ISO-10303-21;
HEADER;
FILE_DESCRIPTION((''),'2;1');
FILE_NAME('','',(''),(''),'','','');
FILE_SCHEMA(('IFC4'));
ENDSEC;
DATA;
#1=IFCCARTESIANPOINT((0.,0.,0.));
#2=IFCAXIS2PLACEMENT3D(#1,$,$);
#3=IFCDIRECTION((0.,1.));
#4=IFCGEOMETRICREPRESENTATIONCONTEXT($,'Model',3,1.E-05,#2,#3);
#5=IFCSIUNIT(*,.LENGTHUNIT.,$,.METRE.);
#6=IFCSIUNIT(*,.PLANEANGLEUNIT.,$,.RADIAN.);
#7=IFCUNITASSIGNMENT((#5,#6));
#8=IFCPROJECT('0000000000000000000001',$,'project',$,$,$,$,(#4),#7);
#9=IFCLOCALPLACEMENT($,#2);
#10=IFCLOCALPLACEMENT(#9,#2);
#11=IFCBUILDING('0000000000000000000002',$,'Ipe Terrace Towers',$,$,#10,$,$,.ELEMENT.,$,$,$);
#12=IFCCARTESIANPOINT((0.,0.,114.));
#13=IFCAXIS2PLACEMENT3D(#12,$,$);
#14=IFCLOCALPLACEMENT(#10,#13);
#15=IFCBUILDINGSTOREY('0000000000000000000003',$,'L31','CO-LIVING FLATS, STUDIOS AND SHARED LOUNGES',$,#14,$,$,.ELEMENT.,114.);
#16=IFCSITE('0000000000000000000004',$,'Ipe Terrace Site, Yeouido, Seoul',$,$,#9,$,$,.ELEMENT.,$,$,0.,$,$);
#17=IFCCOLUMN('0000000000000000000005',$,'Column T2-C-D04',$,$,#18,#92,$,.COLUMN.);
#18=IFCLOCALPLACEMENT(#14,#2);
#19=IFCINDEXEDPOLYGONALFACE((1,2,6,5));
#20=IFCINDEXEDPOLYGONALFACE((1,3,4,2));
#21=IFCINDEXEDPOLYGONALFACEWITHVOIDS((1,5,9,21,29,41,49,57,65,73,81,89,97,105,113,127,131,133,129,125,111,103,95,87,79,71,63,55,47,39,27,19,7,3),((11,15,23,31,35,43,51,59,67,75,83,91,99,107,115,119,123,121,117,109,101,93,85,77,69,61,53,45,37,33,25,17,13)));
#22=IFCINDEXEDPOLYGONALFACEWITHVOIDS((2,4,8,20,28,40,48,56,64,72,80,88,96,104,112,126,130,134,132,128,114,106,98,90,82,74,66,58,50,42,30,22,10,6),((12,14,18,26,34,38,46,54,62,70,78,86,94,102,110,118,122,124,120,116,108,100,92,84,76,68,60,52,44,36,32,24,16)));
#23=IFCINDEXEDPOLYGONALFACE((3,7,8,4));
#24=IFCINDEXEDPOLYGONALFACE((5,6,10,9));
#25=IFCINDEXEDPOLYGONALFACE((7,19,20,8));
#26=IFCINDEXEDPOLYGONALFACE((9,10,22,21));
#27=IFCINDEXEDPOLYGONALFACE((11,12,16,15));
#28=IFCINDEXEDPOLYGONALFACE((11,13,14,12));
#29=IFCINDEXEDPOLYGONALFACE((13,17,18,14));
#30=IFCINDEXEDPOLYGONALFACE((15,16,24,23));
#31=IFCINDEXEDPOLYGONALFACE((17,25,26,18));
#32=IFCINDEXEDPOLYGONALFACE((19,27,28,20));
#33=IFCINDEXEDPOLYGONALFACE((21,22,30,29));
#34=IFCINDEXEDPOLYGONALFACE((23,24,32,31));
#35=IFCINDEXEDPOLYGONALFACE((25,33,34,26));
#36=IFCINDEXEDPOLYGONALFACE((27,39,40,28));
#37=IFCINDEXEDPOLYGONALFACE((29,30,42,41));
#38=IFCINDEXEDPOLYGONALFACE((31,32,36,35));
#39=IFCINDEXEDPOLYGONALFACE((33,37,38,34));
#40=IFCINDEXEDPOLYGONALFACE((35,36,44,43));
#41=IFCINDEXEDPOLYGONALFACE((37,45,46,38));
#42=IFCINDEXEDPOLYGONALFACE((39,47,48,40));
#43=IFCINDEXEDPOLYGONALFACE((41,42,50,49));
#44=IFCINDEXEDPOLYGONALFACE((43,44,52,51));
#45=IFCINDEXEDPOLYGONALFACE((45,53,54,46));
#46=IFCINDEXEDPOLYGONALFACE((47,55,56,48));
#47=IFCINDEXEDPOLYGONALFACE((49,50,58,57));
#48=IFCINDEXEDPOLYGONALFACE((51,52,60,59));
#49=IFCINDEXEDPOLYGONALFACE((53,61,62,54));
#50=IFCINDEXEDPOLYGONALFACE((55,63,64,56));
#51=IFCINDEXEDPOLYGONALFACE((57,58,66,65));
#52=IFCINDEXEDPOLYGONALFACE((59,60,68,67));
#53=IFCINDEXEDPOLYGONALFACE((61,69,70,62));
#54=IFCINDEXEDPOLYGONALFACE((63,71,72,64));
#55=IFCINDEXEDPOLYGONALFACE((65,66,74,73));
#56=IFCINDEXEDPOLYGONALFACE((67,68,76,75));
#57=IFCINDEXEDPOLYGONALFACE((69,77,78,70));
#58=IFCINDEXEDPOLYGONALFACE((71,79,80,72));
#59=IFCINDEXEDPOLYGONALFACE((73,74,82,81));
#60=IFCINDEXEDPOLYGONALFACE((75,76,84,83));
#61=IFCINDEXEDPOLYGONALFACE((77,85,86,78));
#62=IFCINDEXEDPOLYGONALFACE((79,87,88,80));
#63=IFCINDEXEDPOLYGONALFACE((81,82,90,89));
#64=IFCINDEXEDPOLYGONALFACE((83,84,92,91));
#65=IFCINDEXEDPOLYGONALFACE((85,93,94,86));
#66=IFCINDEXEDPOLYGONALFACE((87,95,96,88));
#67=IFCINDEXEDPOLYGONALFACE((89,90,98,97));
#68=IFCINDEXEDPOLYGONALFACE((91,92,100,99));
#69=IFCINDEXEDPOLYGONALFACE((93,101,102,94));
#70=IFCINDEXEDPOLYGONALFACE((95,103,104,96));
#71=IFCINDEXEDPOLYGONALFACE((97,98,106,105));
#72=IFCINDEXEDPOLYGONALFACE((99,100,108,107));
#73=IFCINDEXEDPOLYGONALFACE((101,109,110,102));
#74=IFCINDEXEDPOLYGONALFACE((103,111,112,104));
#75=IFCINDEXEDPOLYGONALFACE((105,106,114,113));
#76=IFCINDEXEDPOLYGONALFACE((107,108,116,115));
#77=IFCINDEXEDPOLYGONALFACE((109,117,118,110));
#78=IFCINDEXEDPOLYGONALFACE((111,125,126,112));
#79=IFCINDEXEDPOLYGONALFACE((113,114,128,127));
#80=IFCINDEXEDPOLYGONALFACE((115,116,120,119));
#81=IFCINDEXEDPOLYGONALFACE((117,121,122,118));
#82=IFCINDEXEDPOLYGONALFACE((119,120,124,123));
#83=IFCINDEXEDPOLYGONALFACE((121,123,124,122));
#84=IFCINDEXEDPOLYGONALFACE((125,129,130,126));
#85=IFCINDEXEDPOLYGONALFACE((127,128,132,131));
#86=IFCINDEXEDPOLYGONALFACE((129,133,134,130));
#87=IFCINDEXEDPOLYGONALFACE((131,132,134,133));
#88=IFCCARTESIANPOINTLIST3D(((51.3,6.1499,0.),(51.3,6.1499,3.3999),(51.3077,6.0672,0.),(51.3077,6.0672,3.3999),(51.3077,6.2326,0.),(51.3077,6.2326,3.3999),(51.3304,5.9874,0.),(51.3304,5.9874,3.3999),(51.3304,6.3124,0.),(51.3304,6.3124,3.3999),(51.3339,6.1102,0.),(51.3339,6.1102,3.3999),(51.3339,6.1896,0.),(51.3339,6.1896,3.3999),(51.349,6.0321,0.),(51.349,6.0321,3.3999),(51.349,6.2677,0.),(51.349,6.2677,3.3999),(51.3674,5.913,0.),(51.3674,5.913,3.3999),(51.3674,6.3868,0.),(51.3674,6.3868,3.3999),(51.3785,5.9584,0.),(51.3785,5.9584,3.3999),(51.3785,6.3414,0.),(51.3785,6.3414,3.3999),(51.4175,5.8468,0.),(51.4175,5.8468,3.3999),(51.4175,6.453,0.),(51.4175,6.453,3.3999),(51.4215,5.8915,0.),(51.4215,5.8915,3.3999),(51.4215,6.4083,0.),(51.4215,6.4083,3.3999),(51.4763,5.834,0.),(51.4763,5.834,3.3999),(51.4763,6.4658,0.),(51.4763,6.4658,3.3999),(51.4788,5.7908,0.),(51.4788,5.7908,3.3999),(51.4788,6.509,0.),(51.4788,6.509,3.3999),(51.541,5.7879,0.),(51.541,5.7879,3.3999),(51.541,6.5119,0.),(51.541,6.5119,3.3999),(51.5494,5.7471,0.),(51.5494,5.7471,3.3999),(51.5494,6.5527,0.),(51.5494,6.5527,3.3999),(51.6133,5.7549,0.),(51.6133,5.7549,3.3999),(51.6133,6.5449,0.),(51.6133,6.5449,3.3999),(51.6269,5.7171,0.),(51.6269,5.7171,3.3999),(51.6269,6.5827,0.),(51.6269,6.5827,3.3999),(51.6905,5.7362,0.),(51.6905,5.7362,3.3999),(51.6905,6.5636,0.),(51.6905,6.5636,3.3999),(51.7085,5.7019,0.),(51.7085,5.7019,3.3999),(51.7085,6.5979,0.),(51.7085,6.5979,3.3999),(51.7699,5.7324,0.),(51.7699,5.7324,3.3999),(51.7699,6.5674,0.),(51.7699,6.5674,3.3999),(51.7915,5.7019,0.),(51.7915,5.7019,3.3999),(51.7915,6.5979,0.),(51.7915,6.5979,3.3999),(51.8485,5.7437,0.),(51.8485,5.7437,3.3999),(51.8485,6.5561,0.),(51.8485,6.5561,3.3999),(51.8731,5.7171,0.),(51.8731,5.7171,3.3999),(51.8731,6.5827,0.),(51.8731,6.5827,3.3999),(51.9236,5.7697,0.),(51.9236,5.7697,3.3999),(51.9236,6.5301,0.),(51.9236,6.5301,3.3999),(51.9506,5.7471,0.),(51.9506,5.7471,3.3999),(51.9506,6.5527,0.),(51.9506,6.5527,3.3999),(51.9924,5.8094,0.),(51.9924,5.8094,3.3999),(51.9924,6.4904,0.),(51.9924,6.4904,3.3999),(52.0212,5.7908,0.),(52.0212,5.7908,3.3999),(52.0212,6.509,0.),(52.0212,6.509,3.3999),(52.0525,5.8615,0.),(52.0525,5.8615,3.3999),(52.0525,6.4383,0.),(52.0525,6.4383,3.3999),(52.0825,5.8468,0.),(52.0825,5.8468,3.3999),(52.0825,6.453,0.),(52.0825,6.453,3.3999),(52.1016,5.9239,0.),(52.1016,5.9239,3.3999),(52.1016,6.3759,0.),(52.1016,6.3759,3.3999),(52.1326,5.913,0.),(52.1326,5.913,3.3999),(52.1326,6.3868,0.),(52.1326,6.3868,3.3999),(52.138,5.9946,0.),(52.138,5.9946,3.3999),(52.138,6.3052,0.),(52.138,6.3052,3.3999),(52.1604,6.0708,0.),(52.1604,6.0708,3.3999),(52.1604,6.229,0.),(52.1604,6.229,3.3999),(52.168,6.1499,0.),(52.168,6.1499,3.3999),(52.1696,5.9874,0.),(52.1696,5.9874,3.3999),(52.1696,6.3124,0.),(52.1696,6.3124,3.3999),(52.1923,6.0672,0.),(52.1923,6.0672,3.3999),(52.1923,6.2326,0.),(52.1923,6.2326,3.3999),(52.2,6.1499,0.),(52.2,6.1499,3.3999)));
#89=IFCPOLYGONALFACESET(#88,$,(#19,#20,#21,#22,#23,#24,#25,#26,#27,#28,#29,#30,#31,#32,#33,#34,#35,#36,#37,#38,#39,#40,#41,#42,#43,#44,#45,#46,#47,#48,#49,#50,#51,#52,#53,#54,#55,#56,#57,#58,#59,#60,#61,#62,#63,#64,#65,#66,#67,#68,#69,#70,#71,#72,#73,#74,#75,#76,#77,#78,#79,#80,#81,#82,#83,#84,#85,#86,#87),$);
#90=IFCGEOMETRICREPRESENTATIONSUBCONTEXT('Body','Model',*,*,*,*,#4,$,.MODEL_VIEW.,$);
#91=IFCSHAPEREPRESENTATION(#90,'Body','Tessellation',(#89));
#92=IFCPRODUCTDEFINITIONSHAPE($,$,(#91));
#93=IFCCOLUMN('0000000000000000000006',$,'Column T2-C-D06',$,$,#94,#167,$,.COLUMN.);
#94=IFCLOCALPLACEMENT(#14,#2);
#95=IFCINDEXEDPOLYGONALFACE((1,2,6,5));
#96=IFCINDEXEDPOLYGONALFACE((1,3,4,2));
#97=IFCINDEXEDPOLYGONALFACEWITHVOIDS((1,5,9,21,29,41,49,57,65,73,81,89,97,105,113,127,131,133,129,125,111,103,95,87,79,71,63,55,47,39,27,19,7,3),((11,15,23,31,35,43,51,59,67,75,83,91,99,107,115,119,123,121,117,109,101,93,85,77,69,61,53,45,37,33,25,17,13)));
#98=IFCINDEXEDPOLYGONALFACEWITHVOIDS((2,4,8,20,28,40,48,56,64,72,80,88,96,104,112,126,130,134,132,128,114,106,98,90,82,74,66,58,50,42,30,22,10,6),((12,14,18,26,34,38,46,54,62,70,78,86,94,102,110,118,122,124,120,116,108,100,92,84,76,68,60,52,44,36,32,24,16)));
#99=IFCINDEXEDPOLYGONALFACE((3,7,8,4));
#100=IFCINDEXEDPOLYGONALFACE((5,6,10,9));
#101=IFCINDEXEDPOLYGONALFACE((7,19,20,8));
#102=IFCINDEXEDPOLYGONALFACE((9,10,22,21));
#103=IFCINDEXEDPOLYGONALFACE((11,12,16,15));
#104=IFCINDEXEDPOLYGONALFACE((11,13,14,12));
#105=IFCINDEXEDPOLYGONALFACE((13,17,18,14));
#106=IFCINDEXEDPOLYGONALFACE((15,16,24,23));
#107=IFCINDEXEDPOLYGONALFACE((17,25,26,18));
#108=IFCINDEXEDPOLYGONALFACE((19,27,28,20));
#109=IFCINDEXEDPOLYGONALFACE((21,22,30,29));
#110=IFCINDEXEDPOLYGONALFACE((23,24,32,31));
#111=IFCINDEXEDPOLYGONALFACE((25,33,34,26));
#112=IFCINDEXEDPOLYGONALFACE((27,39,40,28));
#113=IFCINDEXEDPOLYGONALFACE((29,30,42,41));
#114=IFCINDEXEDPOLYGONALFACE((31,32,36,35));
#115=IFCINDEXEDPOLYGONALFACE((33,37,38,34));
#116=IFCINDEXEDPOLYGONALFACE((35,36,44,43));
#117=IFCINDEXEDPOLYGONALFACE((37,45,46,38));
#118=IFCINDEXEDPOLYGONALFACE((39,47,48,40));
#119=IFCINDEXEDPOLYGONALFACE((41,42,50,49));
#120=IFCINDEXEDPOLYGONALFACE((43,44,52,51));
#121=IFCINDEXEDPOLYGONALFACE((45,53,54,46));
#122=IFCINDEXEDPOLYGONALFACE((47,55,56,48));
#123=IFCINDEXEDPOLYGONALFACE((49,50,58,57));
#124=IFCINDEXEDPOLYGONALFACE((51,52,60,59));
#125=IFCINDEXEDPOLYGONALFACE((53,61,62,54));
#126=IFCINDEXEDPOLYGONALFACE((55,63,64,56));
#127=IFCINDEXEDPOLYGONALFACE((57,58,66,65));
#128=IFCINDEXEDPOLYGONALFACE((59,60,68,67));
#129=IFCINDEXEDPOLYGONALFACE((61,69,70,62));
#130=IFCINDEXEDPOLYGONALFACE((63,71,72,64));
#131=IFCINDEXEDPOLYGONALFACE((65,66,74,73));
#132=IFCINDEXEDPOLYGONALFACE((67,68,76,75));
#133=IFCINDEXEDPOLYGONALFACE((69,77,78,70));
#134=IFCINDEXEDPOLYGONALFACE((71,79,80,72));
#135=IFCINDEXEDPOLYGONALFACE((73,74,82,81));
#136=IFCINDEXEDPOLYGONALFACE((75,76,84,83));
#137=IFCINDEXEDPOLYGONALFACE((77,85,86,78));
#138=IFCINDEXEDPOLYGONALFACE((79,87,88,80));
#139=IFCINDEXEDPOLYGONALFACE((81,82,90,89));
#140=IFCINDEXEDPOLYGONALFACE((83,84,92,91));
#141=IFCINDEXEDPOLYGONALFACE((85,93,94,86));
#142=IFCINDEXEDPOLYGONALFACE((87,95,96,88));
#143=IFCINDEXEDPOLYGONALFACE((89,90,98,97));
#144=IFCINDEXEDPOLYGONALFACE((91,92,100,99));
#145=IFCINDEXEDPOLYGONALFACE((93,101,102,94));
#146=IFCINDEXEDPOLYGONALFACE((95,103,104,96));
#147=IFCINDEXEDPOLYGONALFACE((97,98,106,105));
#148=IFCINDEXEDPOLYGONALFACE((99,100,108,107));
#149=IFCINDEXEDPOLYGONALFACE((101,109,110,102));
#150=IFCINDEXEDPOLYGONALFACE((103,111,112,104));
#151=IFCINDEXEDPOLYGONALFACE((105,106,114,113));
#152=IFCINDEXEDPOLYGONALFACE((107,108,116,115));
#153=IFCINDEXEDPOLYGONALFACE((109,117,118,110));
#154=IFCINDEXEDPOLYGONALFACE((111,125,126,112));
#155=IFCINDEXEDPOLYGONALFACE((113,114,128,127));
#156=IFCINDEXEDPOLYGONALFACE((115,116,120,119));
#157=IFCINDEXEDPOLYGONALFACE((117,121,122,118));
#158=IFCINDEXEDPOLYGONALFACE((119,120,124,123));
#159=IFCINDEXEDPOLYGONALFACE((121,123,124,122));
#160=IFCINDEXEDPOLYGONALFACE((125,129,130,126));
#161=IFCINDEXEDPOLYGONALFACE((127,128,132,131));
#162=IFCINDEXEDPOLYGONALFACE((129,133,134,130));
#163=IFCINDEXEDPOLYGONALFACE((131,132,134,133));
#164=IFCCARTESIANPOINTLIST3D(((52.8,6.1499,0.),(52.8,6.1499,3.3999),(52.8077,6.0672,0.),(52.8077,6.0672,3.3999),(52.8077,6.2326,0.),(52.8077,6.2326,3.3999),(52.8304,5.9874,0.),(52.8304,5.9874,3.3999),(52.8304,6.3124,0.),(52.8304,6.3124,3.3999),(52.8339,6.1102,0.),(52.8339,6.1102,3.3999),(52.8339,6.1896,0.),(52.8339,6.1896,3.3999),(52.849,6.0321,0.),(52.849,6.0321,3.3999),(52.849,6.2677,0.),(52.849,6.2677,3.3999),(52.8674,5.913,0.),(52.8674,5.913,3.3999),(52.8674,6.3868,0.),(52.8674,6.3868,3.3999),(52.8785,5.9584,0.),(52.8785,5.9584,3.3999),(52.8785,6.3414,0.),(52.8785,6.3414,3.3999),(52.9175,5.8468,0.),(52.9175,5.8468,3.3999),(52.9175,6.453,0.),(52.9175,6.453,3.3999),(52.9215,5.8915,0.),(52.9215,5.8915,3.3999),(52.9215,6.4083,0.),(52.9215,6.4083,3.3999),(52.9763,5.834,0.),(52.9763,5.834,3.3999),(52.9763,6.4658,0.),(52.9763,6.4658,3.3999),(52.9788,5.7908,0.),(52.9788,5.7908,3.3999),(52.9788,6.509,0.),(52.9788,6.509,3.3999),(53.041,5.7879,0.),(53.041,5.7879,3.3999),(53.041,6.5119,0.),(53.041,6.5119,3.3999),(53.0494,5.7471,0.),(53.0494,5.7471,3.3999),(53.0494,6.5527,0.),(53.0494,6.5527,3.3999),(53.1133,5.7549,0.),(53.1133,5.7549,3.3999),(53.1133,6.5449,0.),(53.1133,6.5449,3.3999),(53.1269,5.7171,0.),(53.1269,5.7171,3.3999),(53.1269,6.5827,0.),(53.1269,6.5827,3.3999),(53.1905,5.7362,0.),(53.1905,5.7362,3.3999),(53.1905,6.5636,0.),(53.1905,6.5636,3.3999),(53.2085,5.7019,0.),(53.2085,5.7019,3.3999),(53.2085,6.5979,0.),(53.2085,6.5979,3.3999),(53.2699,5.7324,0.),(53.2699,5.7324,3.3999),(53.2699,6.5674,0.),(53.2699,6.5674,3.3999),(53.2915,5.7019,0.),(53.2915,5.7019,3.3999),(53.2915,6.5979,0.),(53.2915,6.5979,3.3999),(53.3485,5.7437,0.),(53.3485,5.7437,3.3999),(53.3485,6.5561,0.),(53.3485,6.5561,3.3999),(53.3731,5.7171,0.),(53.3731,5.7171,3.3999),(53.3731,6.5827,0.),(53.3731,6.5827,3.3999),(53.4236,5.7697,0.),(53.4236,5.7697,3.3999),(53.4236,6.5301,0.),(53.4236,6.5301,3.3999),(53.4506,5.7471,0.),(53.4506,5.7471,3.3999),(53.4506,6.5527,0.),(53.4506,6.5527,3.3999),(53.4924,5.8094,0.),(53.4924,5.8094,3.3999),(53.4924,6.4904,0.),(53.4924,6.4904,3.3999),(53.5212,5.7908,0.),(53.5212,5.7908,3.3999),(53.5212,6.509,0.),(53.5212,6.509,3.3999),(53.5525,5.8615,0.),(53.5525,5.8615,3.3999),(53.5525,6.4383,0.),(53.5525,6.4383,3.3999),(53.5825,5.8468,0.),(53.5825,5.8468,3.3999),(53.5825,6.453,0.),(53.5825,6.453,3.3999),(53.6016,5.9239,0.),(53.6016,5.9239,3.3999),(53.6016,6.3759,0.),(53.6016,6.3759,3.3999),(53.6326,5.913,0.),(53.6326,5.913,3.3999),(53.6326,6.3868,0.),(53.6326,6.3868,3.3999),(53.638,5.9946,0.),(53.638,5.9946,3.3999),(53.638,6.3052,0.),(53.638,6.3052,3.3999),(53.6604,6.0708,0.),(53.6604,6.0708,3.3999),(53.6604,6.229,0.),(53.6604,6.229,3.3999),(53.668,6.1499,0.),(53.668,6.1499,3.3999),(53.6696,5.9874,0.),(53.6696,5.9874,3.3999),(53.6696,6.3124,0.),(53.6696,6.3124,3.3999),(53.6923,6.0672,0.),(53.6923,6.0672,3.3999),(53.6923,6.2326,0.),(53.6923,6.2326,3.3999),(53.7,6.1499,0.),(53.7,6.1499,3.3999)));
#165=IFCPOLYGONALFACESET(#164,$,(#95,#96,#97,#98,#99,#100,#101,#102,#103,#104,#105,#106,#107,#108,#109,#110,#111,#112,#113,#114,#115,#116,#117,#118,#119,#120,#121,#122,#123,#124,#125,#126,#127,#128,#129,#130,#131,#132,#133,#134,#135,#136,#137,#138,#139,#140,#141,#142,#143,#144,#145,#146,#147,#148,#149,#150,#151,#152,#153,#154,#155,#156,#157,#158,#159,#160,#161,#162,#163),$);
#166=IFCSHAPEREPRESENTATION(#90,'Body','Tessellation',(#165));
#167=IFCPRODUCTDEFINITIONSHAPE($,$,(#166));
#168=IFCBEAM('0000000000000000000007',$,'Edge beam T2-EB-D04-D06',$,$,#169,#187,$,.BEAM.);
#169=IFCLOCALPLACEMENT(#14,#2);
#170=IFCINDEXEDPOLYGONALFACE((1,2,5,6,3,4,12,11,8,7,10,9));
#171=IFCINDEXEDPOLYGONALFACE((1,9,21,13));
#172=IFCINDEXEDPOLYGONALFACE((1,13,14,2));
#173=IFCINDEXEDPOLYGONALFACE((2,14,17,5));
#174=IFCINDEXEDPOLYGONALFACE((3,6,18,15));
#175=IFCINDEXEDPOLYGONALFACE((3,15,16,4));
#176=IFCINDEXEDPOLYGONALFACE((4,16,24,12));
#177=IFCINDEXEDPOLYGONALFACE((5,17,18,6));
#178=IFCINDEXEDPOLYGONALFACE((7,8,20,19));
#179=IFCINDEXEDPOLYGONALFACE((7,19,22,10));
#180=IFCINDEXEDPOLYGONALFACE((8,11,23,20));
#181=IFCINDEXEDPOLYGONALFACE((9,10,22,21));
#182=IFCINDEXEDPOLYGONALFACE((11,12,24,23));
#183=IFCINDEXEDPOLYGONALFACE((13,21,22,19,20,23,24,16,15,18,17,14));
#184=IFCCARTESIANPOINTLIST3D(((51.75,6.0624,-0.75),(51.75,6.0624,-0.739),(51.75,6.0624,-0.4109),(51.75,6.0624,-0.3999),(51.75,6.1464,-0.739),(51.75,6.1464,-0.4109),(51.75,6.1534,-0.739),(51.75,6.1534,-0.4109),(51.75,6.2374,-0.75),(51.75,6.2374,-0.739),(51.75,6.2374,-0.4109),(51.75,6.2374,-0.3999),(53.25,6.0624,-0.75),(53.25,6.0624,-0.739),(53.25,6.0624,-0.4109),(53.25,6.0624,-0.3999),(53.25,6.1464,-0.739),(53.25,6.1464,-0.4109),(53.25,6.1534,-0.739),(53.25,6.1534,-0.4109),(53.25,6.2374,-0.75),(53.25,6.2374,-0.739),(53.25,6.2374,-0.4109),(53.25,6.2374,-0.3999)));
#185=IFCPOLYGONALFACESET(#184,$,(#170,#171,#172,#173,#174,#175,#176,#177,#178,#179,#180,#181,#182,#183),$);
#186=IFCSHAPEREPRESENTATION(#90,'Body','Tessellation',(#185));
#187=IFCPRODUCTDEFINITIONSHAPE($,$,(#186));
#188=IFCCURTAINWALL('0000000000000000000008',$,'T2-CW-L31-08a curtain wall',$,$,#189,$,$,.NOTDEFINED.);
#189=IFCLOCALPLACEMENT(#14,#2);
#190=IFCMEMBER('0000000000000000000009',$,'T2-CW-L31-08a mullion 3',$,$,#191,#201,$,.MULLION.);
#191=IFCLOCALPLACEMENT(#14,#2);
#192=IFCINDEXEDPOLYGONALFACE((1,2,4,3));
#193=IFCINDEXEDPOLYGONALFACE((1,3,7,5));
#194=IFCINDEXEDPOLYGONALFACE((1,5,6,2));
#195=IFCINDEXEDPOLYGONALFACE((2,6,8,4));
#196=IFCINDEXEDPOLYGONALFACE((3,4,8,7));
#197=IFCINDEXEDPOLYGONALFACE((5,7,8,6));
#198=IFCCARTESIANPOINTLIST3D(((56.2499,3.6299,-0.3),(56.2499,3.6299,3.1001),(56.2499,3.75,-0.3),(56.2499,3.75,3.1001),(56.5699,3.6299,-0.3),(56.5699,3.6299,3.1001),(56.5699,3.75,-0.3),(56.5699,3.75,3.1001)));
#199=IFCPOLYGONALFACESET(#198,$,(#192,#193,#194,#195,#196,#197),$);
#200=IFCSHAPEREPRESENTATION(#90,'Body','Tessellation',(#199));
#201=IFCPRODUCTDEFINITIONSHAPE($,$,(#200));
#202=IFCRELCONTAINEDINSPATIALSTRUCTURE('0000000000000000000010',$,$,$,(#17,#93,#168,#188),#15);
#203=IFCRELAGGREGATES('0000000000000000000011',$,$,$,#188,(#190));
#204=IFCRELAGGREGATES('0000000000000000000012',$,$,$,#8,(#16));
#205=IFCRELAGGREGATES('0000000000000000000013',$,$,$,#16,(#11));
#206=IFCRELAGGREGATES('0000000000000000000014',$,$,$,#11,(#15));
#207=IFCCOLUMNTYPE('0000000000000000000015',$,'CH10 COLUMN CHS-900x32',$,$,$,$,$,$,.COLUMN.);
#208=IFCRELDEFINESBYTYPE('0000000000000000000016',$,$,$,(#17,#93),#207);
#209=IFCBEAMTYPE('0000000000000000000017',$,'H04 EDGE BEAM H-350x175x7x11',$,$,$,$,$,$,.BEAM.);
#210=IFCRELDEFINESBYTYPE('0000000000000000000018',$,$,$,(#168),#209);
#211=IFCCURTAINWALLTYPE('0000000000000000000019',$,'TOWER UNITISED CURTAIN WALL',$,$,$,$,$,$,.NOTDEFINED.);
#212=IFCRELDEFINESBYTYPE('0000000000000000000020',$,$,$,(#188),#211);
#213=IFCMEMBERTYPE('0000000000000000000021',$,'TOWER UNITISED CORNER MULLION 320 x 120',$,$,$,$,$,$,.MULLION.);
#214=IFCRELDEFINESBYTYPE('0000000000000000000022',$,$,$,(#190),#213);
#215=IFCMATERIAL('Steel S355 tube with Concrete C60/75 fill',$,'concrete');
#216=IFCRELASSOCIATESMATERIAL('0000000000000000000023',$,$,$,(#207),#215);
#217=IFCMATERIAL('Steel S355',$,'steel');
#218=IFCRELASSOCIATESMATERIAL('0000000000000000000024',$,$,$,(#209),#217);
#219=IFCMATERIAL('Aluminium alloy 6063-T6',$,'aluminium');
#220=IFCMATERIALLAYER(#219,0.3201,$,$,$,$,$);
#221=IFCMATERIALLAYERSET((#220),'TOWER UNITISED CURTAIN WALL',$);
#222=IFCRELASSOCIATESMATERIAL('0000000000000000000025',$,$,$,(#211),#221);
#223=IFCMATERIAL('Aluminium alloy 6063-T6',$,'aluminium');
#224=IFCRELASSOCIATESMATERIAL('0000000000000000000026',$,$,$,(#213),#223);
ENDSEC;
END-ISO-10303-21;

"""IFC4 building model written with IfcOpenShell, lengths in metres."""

from ifc_helpers import new_model, si_unit, direction, frame, origin, origin_2d, place, context, subcontext, project, spatial, rectangle, hollow_circle, i_section, extrude, material, layer, layer_set, material_profile, profile_set, type_object, element, aggregate, save


model = new_model("IFC4")

# Units and contexts
model_context = context("Model", 3, precision=1e-05, world=origin(), true_north=direction((0.0, 1.0)))
body_context = subcontext(model_context, "Body", "Model", "MODEL_VIEW")
ifc_project = project(units=[si_unit("LENGTHUNIT", "METRE"), si_unit("PLANEANGLEUNIT", "RADIAN")], contexts=[model_context])

# Site, building, storey
site_placement = place(None, origin())
site = spatial("IfcSite", under=ifc_project, at=site_placement, Name="Ipe Terrace Site, Yeouido, Seoul", CompositionType="ELEMENT", RefElevation=0.0)
building_placement = place(site_placement, origin())
building = spatial("IfcBuilding", under=site, at=building_placement, Name="Ipe Terrace Towers", CompositionType="ELEMENT")
storey_placement = place(building_placement, frame((0.0, 0.0, 114.0)))
storey = spatial("IfcBuildingStorey", under=building, at=storey_placement, Name="L31", Description="CO-LIVING FLATS, STUDIOS AND SHARED LOUNGES", CompositionType="ELEMENT", Elevation=114.0)

# Columns
ifc_material_1 = material(Name="Steel S355 tube with Concrete C60/75 fill", Category="concrete")
ifc_material_profile_1 = material_profile(ifc_material_1, hollow_circle(Radius=0.45, WallThickness=0.032, at=origin_2d()), Name="CHS-900x32")
ifc_profile_set_1 = profile_set([ifc_material_profile_1], Name="Steel S355 tube with Concrete C60/75 fill")
column_type = type_object("IfcColumnType", Name="CH10 COLUMN CHS-900x32", PredefinedType="COLUMN", material=ifc_profile_set_1)
for number, where, z_axis, x_axis, name in (
    (1, (51.75, 6.1499, 0.0), (0.0, 0.0, 1.0), (1.0, 0.0, 0.0), "Column T2-C-D04"),
    (2, (53.25, 6.1499, 0.0), (0.0, 0.0, 1.0), (1.0, 0.0, 0.0), "Column T2-C-D06"),
):
    element("IfcColumn", number, at=place(storey_placement, frame(where, z_axis=z_axis, x_axis=x_axis)), inside=storey, type_object=column_type, Name=name, PredefinedType="COLUMN", context=body_context, shape_type="SweptSolid", body=[
        extrude(hollow_circle(Radius=0.45, WallThickness=0.032, at=origin_2d()), origin(), (0.0, 0.0, 1.0), 3.3999),
    ])

# Beam
ifc_material_2 = material(Name="Steel S355", Category="steel")
ifc_material_profile_2 = material_profile(ifc_material_2, i_section(OverallWidth=0.175, OverallDepth=0.3501, WebThickness=0.0071, FlangeThickness=0.011, at=origin_2d()), Name="H-350x175x7x11")
ifc_profile_set_2 = profile_set([ifc_material_profile_2], Name="Steel S355")
beam_type = type_object("IfcBeamType", Name="H04 EDGE BEAM H-350x175x7x11", PredefinedType="BEAM", material=ifc_profile_set_2)
beam_placement = place(storey_placement, frame((51.75, 6.1499, -0.575), z_axis=(1.0, 0.0, 0.0), x_axis=(0.0, 1.0, 0.0)))
element("IfcBeam", 3, at=beam_placement, inside=storey, type_object=beam_type, Name="Edge beam T2-EB-D04-D06", PredefinedType="BEAM", context=body_context, shape_type="SweptSolid", body=[
    extrude(i_section(OverallWidth=0.175, OverallDepth=0.3501, WebThickness=0.0071, FlangeThickness=0.011, at=origin_2d()), origin(), (0.0, 0.0, 1.0), 1.5),
])

# Curtain wall, member
ifc_material_3 = material(Name="Aluminium alloy 6063-T6", Category="aluminium")
ifc_layer_1 = layer(ifc_material_3, 0.3201)
ifc_layer_set_1 = layer_set([ifc_layer_1], Name="TOWER UNITISED CURTAIN WALL")
curtain_wall_type = type_object("IfcCurtainWallType", Name="TOWER UNITISED CURTAIN WALL", PredefinedType="NOTDEFINED", material=ifc_layer_set_1)
curtain_wall_1_placement = place(storey_placement, origin())
curtain_wall_1 = element("IfcCurtainWall", 4, at=curtain_wall_1_placement, inside=storey, type_object=curtain_wall_type, Name="T2-CW-L31-08a curtain wall", PredefinedType="NOTDEFINED")
ifc_material_4 = material(Name="Aluminium alloy 6063-T6", Category="aluminium")
ifc_material_profile_3 = material_profile(ifc_material_4, rectangle(XDim=0.3201, YDim=0.1201, at=origin_2d()), Name="TOWER UNITISED CORNER MULLION 320 x 120")
ifc_profile_set_3 = profile_set([ifc_material_profile_3], Name="Aluminium alloy 6063-T6")
member_type = type_object("IfcMemberType", Name="TOWER UNITISED CORNER MULLION 320 x 120", PredefinedType="MULLION", material=ifc_profile_set_3)
member_1_placement = place(storey_placement, frame((56.4099, 3.6899, -0.3), z_axis=(0.0, 0.0, 1.0), x_axis=(1.0, 0.0, 0.0)))
member_1 = element("IfcMember", 5, at=member_1_placement, type_object=member_type, Name="T2-CW-L31-08a mullion 3", PredefinedType="MULLION", context=body_context, shape_type="SweptSolid", body=[
    extrude(rectangle(XDim=0.3201, YDim=0.1201, at=origin_2d()), origin(), (0.0, 0.0, 1.0), 3.4001),
])
aggregate(curtain_wall_1, [member_1])

save(model, "model.ifc")
